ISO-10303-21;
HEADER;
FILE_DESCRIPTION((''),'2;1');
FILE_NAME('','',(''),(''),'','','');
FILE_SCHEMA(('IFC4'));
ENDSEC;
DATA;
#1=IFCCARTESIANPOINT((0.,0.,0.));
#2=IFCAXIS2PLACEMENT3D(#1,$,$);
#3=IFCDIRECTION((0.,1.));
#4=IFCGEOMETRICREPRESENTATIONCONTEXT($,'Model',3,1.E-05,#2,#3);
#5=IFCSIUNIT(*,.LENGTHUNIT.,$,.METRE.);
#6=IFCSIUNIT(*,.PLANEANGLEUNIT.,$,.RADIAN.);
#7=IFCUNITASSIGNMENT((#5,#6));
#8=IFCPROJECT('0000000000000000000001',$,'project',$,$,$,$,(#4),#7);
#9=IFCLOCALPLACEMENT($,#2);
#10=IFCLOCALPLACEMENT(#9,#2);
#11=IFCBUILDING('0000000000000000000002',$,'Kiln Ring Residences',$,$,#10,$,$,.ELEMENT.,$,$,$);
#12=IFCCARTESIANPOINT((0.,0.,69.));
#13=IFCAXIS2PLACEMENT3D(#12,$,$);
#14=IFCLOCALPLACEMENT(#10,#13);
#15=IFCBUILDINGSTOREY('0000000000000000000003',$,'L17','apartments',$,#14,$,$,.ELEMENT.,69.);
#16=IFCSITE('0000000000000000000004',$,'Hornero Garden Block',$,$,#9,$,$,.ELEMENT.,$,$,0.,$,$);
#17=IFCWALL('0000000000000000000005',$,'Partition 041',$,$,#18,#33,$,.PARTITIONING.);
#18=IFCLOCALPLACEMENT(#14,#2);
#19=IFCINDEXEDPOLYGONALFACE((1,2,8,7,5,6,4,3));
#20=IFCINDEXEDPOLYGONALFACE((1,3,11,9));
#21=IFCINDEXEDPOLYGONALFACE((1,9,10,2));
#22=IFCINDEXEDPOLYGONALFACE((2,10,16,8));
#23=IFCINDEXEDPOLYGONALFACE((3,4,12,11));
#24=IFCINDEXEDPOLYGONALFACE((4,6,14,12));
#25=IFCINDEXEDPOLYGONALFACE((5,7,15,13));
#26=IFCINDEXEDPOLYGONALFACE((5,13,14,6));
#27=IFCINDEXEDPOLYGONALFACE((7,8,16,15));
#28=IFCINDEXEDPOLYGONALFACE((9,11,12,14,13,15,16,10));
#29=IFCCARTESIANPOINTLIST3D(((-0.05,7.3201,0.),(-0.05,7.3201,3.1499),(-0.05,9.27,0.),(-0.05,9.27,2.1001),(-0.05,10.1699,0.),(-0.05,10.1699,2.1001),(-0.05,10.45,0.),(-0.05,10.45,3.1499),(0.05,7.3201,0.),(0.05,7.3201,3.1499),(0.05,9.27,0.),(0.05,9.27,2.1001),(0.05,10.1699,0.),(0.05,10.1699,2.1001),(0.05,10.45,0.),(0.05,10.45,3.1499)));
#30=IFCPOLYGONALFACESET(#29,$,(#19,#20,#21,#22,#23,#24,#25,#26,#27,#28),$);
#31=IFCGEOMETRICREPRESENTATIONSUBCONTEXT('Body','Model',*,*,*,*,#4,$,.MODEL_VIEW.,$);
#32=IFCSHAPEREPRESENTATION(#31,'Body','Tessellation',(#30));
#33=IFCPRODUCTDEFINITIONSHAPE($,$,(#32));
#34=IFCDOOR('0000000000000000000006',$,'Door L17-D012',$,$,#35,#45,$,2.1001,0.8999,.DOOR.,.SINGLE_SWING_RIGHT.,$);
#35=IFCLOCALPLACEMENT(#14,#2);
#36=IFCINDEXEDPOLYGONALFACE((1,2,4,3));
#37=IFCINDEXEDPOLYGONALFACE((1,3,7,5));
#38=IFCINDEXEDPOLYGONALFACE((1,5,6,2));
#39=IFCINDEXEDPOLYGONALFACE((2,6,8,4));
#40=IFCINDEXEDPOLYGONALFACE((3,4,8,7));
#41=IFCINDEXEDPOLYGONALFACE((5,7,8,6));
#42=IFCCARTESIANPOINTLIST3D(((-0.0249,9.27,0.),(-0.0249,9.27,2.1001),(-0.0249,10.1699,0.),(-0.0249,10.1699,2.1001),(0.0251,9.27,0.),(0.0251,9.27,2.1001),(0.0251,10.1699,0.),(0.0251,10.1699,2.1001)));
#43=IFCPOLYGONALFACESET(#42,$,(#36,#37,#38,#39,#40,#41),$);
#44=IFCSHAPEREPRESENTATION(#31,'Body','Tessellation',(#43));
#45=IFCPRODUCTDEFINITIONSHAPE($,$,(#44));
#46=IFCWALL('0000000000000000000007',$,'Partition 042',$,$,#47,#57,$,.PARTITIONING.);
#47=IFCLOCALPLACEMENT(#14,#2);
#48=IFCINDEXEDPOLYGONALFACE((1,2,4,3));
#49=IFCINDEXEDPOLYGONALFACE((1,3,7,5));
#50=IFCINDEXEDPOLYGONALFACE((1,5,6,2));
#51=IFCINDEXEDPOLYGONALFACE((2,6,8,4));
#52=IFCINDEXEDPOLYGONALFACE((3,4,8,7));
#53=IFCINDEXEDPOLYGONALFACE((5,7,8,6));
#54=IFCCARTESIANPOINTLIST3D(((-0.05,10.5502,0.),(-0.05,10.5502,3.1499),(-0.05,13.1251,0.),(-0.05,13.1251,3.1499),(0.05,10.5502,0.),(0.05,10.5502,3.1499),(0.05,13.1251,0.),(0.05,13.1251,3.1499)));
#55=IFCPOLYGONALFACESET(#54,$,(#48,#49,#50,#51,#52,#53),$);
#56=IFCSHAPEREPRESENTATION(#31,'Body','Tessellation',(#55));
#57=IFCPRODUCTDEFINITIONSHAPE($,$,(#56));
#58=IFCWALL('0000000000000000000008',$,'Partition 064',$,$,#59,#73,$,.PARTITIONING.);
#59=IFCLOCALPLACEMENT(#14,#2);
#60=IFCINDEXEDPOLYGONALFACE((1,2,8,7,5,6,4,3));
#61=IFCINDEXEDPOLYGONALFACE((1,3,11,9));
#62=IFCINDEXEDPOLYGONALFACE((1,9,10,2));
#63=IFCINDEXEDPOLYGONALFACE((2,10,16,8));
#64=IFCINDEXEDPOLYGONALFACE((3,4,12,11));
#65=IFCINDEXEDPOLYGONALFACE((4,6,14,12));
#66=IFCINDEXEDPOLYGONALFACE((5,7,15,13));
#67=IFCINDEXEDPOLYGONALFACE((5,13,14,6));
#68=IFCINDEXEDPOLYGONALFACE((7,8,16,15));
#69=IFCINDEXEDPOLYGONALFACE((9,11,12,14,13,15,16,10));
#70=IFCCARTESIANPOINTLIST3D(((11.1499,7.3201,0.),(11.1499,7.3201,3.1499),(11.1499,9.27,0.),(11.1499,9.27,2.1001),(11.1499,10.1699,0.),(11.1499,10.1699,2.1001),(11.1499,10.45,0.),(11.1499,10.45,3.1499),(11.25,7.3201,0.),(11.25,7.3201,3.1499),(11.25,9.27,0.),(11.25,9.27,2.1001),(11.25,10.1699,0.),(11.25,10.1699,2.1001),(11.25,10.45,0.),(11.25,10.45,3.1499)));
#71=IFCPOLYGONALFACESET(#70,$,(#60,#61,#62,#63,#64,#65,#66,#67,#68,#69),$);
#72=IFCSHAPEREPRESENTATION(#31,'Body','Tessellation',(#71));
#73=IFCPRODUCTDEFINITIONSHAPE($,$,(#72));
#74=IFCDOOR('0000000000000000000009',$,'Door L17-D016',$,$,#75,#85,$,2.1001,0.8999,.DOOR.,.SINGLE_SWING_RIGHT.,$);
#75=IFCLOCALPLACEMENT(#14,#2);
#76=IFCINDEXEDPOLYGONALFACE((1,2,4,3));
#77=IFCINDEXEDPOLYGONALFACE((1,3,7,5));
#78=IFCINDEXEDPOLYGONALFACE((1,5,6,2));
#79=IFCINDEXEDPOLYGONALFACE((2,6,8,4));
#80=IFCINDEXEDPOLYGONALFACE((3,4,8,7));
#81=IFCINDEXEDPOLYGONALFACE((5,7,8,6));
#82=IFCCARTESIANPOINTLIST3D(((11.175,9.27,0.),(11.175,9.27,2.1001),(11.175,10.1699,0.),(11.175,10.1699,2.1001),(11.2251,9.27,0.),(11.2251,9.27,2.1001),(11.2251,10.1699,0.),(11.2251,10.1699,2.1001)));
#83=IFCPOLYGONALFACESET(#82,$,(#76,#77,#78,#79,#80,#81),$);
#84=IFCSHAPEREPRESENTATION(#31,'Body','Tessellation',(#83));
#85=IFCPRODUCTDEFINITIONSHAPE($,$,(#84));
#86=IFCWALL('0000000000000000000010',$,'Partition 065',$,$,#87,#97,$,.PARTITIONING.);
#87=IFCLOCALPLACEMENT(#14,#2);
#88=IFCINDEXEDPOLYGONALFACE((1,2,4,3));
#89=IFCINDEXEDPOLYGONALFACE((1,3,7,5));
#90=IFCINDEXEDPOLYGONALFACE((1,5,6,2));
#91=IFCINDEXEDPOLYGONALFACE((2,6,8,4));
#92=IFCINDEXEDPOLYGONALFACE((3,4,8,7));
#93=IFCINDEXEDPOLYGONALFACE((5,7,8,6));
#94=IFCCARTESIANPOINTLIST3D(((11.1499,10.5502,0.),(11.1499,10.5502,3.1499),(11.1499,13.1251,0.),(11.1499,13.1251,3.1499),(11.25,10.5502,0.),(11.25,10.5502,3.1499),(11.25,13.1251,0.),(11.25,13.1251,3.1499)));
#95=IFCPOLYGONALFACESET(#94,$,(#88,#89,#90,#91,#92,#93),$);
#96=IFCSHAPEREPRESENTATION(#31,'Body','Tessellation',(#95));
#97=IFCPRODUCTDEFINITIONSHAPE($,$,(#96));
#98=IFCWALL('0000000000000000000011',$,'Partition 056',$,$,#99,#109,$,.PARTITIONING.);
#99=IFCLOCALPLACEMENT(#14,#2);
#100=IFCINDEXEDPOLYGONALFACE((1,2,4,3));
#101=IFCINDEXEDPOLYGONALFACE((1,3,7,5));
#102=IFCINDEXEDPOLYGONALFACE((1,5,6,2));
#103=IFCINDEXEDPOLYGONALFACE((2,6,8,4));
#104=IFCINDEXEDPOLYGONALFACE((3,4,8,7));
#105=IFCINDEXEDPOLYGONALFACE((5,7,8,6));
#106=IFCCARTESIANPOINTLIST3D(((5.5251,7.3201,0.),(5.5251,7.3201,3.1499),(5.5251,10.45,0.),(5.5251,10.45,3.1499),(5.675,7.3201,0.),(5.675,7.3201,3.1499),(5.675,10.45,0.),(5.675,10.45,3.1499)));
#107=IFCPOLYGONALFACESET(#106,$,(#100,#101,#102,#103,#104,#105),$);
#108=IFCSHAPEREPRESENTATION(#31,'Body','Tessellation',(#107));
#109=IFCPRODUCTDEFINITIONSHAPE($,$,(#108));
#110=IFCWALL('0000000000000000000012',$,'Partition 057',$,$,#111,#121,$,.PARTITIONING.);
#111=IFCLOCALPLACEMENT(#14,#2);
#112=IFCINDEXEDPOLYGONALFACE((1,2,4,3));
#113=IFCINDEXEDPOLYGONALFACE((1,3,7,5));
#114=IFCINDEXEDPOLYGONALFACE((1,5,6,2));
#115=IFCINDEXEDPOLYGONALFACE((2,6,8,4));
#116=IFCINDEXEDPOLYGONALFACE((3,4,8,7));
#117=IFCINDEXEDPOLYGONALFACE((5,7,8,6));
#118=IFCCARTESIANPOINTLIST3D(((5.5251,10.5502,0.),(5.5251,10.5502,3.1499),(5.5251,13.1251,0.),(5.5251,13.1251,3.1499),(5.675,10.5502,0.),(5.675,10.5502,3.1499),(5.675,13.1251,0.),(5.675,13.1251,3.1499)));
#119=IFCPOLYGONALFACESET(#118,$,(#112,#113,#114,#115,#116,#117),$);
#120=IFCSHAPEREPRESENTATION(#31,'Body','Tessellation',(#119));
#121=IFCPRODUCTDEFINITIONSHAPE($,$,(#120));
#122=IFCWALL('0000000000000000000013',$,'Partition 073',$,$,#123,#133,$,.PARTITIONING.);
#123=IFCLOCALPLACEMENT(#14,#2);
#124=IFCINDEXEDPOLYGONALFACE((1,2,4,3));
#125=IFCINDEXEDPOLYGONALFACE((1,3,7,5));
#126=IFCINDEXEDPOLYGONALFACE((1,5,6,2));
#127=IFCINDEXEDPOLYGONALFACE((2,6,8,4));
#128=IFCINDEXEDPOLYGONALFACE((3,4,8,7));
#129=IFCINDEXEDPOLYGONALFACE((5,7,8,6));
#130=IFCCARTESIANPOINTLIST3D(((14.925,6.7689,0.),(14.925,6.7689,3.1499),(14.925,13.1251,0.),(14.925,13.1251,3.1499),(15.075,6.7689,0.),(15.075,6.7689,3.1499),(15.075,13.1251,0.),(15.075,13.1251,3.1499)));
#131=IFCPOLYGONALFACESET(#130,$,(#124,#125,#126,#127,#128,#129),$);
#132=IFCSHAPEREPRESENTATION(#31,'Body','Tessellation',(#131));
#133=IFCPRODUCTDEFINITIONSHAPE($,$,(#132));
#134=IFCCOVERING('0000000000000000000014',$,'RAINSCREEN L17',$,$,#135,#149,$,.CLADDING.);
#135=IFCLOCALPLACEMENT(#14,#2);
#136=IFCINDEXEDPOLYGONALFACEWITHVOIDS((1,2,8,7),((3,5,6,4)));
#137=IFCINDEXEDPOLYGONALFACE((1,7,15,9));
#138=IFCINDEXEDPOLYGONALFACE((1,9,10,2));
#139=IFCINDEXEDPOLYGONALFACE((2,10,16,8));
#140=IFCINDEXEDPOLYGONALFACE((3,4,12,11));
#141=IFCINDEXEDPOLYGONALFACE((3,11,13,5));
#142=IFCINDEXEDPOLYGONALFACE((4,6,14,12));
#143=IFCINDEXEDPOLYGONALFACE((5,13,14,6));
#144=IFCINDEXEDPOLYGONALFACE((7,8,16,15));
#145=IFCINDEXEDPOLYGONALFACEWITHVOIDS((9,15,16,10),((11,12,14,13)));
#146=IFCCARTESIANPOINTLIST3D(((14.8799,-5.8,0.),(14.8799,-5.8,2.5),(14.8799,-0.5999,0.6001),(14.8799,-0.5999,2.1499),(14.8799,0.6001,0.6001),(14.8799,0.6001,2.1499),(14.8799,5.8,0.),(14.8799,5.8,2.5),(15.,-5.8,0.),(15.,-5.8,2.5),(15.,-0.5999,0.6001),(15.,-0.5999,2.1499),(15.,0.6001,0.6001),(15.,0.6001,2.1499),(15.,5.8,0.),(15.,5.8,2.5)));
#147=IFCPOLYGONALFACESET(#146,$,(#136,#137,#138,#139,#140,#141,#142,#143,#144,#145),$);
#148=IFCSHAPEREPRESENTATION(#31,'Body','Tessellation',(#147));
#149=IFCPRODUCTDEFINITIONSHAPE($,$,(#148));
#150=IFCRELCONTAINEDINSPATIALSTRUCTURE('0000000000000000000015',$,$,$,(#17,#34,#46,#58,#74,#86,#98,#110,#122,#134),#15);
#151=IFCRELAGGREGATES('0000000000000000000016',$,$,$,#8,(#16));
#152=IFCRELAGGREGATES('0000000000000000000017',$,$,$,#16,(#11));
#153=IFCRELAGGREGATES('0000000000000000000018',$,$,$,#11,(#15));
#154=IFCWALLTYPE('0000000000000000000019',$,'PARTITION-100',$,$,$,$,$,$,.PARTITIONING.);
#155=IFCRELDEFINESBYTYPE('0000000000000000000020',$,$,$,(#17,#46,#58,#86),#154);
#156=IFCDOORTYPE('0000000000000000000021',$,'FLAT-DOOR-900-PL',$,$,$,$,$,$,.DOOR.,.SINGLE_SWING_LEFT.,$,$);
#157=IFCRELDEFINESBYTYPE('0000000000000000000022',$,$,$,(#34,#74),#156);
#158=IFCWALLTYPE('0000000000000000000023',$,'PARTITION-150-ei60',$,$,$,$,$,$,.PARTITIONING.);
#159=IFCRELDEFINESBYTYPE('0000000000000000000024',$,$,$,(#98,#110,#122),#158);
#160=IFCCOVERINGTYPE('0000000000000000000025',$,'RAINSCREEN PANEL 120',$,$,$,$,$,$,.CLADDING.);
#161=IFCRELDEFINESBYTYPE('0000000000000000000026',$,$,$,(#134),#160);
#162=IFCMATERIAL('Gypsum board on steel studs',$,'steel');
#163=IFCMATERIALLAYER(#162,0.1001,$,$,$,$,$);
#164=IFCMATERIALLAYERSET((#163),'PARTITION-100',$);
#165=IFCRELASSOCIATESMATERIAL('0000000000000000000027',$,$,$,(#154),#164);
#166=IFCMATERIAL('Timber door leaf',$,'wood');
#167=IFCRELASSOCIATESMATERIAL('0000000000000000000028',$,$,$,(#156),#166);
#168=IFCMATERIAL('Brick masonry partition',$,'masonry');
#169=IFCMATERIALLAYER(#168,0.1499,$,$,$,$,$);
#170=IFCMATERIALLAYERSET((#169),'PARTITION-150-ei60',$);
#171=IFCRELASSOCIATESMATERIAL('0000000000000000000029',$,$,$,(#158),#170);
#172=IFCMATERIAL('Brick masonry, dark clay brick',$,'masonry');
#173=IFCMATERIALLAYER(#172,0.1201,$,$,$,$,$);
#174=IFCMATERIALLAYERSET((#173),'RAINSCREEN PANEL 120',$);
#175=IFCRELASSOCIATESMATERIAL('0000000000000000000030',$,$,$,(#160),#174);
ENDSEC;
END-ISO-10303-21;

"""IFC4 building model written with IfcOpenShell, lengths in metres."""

from ifc_helpers import new_model, si_unit, direction, frame, frame_2d, origin, place, context, subcontext, project, spatial, polyline, rectangle, outline, extrude, material, layer, layer_set, type_object, element, fill, save


model = new_model("IFC4")

# Units and contexts
model_context = context("Model", 3, precision=1e-05, world=origin(), true_north=direction((0.0, 1.0)))
body_context = subcontext(model_context, "Body", "Model", "MODEL_VIEW")
ifc_project = project(units=[si_unit("LENGTHUNIT", "METRE"), si_unit("PLANEANGLEUNIT", "RADIAN")], contexts=[model_context])

# Site, building, storey
site_placement = place(None, origin())
site = spatial("IfcSite", under=ifc_project, at=site_placement, Name="Hornero Garden Block", CompositionType="ELEMENT", RefElevation=0.0)
building_placement = place(site_placement, origin())
building = spatial("IfcBuilding", under=site, at=building_placement, Name="Kiln Ring Residences", CompositionType="ELEMENT")
storey_placement = place(building_placement, frame((0.0, 0.0, 69.0)))
storey = spatial("IfcBuildingStorey", under=building, at=storey_placement, Name="L17", Description="apartments", CompositionType="ELEMENT", Elevation=69.0)

# Wall, opening, door
ifc_material_1 = material(Name="Gypsum board on steel studs", Category="steel")
ifc_layer_1 = layer(ifc_material_1, 0.1001)
ifc_layer_set_1 = layer_set([ifc_layer_1], Name="PARTITION-100")
wall_type_1 = type_object("IfcWallType", Name="PARTITION-100", PredefinedType="PARTITIONING", material=ifc_layer_set_1)
wall_1_placement = place(storey_placement, frame((0.0, 7.3201, 0.0), z_axis=(0.0, 0.0, 1.0), x_axis=(0.0, 1.0, 0.0)))
wall_1 = element("IfcWall", 1, at=wall_1_placement, inside=storey, type_object=wall_type_1, Name="Partition 041", PredefinedType="PARTITIONING", context=body_context, shape_type="SweptSolid", body=[
    extrude(rectangle(XDim=3.1299, YDim=0.1001, at=frame_2d((1.5649, 0.0))), origin(), (0.0, 0.0, 1.0), 3.1499),
])
opening_1_placement = place(wall_1_placement, frame((1.95, 0.0, 0.0)))
opening_1 = element("IfcOpeningElement", 2, at=opening_1_placement, cuts=wall_1, PredefinedType="OPENING", context=body_context, shape_type="SweptSolid", body=[
    extrude(rectangle(XDim=0.8999, YDim=2.1001, at=frame_2d((0.45, 1.05))), frame((0.0, 0.0601, 0.0), z_axis=(0.0, -1.0, 0.0), x_axis=(1.0, 0.0, 0.0)), (0.0, 0.0, 1.0), 0.1201),
])
ifc_material_2 = material(Name="Timber door leaf", Category="wood")
door_type = type_object("IfcDoorType", Name="FLAT-DOOR-900-PL", OperationType="SINGLE_SWING_LEFT", PredefinedType="DOOR", material=ifc_material_2)
door_1_placement = place(opening_1_placement, origin())
door_1 = element("IfcDoor", 3, at=door_1_placement, inside=storey, type_object=door_type, Name="Door L17-D012", OperationType="SINGLE_SWING_RIGHT", OverallHeight=2.1001, OverallWidth=0.8999, PredefinedType="DOOR", context=body_context, shape_type="SweptSolid", body=[
    extrude(rectangle(XDim=0.8999, YDim=2.1001, at=frame_2d((0.45, 1.05))), frame((0.0, 0.0249, 0.0), z_axis=(0.0, -1.0, 0.0), x_axis=(1.0, 0.0, 0.0)), (0.0, 0.0, 1.0), 0.05),
])
fill(opening_1, door_1)

# Wall
wall_2_placement = place(storey_placement, frame((0.0, 10.55, 0.0), z_axis=(0.0, 0.0, 1.0), x_axis=(0.0, 1.0, 0.0)))
element("IfcWall", 4, at=wall_2_placement, inside=storey, type_object=wall_type_1, Name="Partition 042", PredefinedType="PARTITIONING", context=body_context, shape_type="SweptSolid", body=[
    extrude(rectangle(XDim=2.575, YDim=0.1001, at=frame_2d((1.2876, 0.0))), origin(), (0.0, 0.0, 1.0), 3.1499),
])

# Wall, opening, door
wall_3_placement = place(storey_placement, frame((11.2, 7.3201, 0.0), z_axis=(0.0, 0.0, 1.0), x_axis=(0.0, 1.0, 0.0)))
wall_3 = element("IfcWall", 5, at=wall_3_placement, inside=storey, type_object=wall_type_1, Name="Partition 064", PredefinedType="PARTITIONING", context=body_context, shape_type="SweptSolid", body=[
    extrude(rectangle(XDim=3.1299, YDim=0.1001, at=frame_2d((1.5649, 0.0))), origin(), (0.0, 0.0, 1.0), 3.1499),
])
opening_2_placement = place(wall_3_placement, frame((1.95, 0.0, 0.0)))
opening_2 = element("IfcOpeningElement", 6, at=opening_2_placement, cuts=wall_3, PredefinedType="OPENING", context=body_context, shape_type="SweptSolid", body=[
    extrude(rectangle(XDim=0.8999, YDim=2.1001, at=frame_2d((0.45, 1.05))), frame((0.0, 0.0601, 0.0), z_axis=(0.0, -1.0, 0.0), x_axis=(1.0, 0.0, 0.0)), (0.0, 0.0, 1.0), 0.1201),
])
door_2_placement = place(opening_2_placement, origin())
door_2 = element("IfcDoor", 7, at=door_2_placement, inside=storey, type_object=door_type, Name="Door L17-D016", OperationType="SINGLE_SWING_RIGHT", OverallHeight=2.1001, OverallWidth=0.8999, PredefinedType="DOOR", context=body_context, shape_type="SweptSolid", body=[
    extrude(rectangle(XDim=0.8999, YDim=2.1001, at=frame_2d((0.45, 1.05))), frame((0.0, 0.0249, 0.0), z_axis=(0.0, -1.0, 0.0), x_axis=(1.0, 0.0, 0.0)), (0.0, 0.0, 1.0), 0.05),
])
fill(opening_2, door_2)

# Walls
wall_4_placement = place(storey_placement, frame((11.2, 10.55, 0.0), z_axis=(0.0, 0.0, 1.0), x_axis=(0.0, 1.0, 0.0)))
element("IfcWall", 8, at=wall_4_placement, inside=storey, type_object=wall_type_1, Name="Partition 065", PredefinedType="PARTITIONING", context=body_context, shape_type="SweptSolid", body=[
    extrude(rectangle(XDim=2.575, YDim=0.1001, at=frame_2d((1.2876, 0.0))), origin(), (0.0, 0.0, 1.0), 3.1499),
])
ifc_material_3 = material(Name="Brick masonry partition", Category="masonry")
ifc_layer_2 = layer(ifc_material_3, 0.1499)
ifc_layer_set_2 = layer_set([ifc_layer_2], Name="PARTITION-150-ei60")
wall_type_2 = type_object("IfcWallType", Name="PARTITION-150-ei60", PredefinedType="PARTITIONING", material=ifc_layer_set_2)
wall_5_placement = place(storey_placement, frame((5.6001, 7.3201, 0.0), z_axis=(0.0, 0.0, 1.0), x_axis=(0.0, 1.0, 0.0)))
element("IfcWall", 9, at=wall_5_placement, inside=storey, type_object=wall_type_2, Name="Partition 056", PredefinedType="PARTITIONING", context=body_context, shape_type="SweptSolid", body=[
    extrude(rectangle(XDim=3.1299, YDim=0.1499, at=frame_2d((1.5649, 0.0))), origin(), (0.0, 0.0, 1.0), 3.1499),
])
wall_6_placement = place(storey_placement, frame((5.6001, 10.55, 0.0), z_axis=(0.0, 0.0, 1.0), x_axis=(0.0, 1.0, 0.0)))
element("IfcWall", 10, at=wall_6_placement, inside=storey, type_object=wall_type_2, Name="Partition 057", PredefinedType="PARTITIONING", context=body_context, shape_type="SweptSolid", body=[
    extrude(rectangle(XDim=2.575, YDim=0.1499, at=frame_2d((1.2876, 0.0))), origin(), (0.0, 0.0, 1.0), 3.1499),
])
wall_7_placement = place(storey_placement, frame((15.0, 6.7688, 0.0), z_axis=(0.0, 0.0, 1.0), x_axis=(0.0, 1.0, 0.0)))
element("IfcWall", 11, at=wall_7_placement, inside=storey, type_object=wall_type_2, Name="Partition 073", PredefinedType="PARTITIONING", context=body_context, shape_type="SweptSolid", body=[
    extrude(rectangle(XDim=6.3562, YDim=0.1499, at=frame_2d((3.1782, 0.0))), origin(), (0.0, 0.0, 1.0), 3.1499),
])

# Covering
ifc_material_4 = material(Name="Brick masonry, dark clay brick", Category="masonry")
ifc_layer_3 = layer(ifc_material_4, 0.1201)
ifc_layer_set_3 = layer_set([ifc_layer_3], Name="RAINSCREEN PANEL 120")
covering_type = type_object("IfcCoveringType", Name="RAINSCREEN PANEL 120", PredefinedType="CLADDING", material=ifc_layer_set_3)
covering_placement = place(storey_placement, frame((14.9399, 5.8, 0.0), z_axis=(0.0, 0.0, 1.0), x_axis=(0.0, -1.0, 0.0)))
element("IfcCovering", 12, at=covering_placement, inside=storey, type_object=covering_type, Name="RAINSCREEN L17", PredefinedType="CLADDING", context=body_context, shape_type="SweptSolid", body=[
    extrude(outline(polyline([(0.0, 0.0), (11.6001, 0.0), (11.6001, 2.5), (0.0, 2.5), (0.0, 0.0)]), holes=[polyline([(5.2, 2.1499), (5.2, 0.6001), (6.3999, 0.6001), (6.3999, 2.1499), (5.2, 2.1499)])]), frame((0.0, 0.0601, 0.0), z_axis=(0.0, -1.0, 0.0), x_axis=(1.0, 0.0, 0.0)), (0.0, 0.0, 1.0), 0.1201),
])

save(model, "model.ifc")
